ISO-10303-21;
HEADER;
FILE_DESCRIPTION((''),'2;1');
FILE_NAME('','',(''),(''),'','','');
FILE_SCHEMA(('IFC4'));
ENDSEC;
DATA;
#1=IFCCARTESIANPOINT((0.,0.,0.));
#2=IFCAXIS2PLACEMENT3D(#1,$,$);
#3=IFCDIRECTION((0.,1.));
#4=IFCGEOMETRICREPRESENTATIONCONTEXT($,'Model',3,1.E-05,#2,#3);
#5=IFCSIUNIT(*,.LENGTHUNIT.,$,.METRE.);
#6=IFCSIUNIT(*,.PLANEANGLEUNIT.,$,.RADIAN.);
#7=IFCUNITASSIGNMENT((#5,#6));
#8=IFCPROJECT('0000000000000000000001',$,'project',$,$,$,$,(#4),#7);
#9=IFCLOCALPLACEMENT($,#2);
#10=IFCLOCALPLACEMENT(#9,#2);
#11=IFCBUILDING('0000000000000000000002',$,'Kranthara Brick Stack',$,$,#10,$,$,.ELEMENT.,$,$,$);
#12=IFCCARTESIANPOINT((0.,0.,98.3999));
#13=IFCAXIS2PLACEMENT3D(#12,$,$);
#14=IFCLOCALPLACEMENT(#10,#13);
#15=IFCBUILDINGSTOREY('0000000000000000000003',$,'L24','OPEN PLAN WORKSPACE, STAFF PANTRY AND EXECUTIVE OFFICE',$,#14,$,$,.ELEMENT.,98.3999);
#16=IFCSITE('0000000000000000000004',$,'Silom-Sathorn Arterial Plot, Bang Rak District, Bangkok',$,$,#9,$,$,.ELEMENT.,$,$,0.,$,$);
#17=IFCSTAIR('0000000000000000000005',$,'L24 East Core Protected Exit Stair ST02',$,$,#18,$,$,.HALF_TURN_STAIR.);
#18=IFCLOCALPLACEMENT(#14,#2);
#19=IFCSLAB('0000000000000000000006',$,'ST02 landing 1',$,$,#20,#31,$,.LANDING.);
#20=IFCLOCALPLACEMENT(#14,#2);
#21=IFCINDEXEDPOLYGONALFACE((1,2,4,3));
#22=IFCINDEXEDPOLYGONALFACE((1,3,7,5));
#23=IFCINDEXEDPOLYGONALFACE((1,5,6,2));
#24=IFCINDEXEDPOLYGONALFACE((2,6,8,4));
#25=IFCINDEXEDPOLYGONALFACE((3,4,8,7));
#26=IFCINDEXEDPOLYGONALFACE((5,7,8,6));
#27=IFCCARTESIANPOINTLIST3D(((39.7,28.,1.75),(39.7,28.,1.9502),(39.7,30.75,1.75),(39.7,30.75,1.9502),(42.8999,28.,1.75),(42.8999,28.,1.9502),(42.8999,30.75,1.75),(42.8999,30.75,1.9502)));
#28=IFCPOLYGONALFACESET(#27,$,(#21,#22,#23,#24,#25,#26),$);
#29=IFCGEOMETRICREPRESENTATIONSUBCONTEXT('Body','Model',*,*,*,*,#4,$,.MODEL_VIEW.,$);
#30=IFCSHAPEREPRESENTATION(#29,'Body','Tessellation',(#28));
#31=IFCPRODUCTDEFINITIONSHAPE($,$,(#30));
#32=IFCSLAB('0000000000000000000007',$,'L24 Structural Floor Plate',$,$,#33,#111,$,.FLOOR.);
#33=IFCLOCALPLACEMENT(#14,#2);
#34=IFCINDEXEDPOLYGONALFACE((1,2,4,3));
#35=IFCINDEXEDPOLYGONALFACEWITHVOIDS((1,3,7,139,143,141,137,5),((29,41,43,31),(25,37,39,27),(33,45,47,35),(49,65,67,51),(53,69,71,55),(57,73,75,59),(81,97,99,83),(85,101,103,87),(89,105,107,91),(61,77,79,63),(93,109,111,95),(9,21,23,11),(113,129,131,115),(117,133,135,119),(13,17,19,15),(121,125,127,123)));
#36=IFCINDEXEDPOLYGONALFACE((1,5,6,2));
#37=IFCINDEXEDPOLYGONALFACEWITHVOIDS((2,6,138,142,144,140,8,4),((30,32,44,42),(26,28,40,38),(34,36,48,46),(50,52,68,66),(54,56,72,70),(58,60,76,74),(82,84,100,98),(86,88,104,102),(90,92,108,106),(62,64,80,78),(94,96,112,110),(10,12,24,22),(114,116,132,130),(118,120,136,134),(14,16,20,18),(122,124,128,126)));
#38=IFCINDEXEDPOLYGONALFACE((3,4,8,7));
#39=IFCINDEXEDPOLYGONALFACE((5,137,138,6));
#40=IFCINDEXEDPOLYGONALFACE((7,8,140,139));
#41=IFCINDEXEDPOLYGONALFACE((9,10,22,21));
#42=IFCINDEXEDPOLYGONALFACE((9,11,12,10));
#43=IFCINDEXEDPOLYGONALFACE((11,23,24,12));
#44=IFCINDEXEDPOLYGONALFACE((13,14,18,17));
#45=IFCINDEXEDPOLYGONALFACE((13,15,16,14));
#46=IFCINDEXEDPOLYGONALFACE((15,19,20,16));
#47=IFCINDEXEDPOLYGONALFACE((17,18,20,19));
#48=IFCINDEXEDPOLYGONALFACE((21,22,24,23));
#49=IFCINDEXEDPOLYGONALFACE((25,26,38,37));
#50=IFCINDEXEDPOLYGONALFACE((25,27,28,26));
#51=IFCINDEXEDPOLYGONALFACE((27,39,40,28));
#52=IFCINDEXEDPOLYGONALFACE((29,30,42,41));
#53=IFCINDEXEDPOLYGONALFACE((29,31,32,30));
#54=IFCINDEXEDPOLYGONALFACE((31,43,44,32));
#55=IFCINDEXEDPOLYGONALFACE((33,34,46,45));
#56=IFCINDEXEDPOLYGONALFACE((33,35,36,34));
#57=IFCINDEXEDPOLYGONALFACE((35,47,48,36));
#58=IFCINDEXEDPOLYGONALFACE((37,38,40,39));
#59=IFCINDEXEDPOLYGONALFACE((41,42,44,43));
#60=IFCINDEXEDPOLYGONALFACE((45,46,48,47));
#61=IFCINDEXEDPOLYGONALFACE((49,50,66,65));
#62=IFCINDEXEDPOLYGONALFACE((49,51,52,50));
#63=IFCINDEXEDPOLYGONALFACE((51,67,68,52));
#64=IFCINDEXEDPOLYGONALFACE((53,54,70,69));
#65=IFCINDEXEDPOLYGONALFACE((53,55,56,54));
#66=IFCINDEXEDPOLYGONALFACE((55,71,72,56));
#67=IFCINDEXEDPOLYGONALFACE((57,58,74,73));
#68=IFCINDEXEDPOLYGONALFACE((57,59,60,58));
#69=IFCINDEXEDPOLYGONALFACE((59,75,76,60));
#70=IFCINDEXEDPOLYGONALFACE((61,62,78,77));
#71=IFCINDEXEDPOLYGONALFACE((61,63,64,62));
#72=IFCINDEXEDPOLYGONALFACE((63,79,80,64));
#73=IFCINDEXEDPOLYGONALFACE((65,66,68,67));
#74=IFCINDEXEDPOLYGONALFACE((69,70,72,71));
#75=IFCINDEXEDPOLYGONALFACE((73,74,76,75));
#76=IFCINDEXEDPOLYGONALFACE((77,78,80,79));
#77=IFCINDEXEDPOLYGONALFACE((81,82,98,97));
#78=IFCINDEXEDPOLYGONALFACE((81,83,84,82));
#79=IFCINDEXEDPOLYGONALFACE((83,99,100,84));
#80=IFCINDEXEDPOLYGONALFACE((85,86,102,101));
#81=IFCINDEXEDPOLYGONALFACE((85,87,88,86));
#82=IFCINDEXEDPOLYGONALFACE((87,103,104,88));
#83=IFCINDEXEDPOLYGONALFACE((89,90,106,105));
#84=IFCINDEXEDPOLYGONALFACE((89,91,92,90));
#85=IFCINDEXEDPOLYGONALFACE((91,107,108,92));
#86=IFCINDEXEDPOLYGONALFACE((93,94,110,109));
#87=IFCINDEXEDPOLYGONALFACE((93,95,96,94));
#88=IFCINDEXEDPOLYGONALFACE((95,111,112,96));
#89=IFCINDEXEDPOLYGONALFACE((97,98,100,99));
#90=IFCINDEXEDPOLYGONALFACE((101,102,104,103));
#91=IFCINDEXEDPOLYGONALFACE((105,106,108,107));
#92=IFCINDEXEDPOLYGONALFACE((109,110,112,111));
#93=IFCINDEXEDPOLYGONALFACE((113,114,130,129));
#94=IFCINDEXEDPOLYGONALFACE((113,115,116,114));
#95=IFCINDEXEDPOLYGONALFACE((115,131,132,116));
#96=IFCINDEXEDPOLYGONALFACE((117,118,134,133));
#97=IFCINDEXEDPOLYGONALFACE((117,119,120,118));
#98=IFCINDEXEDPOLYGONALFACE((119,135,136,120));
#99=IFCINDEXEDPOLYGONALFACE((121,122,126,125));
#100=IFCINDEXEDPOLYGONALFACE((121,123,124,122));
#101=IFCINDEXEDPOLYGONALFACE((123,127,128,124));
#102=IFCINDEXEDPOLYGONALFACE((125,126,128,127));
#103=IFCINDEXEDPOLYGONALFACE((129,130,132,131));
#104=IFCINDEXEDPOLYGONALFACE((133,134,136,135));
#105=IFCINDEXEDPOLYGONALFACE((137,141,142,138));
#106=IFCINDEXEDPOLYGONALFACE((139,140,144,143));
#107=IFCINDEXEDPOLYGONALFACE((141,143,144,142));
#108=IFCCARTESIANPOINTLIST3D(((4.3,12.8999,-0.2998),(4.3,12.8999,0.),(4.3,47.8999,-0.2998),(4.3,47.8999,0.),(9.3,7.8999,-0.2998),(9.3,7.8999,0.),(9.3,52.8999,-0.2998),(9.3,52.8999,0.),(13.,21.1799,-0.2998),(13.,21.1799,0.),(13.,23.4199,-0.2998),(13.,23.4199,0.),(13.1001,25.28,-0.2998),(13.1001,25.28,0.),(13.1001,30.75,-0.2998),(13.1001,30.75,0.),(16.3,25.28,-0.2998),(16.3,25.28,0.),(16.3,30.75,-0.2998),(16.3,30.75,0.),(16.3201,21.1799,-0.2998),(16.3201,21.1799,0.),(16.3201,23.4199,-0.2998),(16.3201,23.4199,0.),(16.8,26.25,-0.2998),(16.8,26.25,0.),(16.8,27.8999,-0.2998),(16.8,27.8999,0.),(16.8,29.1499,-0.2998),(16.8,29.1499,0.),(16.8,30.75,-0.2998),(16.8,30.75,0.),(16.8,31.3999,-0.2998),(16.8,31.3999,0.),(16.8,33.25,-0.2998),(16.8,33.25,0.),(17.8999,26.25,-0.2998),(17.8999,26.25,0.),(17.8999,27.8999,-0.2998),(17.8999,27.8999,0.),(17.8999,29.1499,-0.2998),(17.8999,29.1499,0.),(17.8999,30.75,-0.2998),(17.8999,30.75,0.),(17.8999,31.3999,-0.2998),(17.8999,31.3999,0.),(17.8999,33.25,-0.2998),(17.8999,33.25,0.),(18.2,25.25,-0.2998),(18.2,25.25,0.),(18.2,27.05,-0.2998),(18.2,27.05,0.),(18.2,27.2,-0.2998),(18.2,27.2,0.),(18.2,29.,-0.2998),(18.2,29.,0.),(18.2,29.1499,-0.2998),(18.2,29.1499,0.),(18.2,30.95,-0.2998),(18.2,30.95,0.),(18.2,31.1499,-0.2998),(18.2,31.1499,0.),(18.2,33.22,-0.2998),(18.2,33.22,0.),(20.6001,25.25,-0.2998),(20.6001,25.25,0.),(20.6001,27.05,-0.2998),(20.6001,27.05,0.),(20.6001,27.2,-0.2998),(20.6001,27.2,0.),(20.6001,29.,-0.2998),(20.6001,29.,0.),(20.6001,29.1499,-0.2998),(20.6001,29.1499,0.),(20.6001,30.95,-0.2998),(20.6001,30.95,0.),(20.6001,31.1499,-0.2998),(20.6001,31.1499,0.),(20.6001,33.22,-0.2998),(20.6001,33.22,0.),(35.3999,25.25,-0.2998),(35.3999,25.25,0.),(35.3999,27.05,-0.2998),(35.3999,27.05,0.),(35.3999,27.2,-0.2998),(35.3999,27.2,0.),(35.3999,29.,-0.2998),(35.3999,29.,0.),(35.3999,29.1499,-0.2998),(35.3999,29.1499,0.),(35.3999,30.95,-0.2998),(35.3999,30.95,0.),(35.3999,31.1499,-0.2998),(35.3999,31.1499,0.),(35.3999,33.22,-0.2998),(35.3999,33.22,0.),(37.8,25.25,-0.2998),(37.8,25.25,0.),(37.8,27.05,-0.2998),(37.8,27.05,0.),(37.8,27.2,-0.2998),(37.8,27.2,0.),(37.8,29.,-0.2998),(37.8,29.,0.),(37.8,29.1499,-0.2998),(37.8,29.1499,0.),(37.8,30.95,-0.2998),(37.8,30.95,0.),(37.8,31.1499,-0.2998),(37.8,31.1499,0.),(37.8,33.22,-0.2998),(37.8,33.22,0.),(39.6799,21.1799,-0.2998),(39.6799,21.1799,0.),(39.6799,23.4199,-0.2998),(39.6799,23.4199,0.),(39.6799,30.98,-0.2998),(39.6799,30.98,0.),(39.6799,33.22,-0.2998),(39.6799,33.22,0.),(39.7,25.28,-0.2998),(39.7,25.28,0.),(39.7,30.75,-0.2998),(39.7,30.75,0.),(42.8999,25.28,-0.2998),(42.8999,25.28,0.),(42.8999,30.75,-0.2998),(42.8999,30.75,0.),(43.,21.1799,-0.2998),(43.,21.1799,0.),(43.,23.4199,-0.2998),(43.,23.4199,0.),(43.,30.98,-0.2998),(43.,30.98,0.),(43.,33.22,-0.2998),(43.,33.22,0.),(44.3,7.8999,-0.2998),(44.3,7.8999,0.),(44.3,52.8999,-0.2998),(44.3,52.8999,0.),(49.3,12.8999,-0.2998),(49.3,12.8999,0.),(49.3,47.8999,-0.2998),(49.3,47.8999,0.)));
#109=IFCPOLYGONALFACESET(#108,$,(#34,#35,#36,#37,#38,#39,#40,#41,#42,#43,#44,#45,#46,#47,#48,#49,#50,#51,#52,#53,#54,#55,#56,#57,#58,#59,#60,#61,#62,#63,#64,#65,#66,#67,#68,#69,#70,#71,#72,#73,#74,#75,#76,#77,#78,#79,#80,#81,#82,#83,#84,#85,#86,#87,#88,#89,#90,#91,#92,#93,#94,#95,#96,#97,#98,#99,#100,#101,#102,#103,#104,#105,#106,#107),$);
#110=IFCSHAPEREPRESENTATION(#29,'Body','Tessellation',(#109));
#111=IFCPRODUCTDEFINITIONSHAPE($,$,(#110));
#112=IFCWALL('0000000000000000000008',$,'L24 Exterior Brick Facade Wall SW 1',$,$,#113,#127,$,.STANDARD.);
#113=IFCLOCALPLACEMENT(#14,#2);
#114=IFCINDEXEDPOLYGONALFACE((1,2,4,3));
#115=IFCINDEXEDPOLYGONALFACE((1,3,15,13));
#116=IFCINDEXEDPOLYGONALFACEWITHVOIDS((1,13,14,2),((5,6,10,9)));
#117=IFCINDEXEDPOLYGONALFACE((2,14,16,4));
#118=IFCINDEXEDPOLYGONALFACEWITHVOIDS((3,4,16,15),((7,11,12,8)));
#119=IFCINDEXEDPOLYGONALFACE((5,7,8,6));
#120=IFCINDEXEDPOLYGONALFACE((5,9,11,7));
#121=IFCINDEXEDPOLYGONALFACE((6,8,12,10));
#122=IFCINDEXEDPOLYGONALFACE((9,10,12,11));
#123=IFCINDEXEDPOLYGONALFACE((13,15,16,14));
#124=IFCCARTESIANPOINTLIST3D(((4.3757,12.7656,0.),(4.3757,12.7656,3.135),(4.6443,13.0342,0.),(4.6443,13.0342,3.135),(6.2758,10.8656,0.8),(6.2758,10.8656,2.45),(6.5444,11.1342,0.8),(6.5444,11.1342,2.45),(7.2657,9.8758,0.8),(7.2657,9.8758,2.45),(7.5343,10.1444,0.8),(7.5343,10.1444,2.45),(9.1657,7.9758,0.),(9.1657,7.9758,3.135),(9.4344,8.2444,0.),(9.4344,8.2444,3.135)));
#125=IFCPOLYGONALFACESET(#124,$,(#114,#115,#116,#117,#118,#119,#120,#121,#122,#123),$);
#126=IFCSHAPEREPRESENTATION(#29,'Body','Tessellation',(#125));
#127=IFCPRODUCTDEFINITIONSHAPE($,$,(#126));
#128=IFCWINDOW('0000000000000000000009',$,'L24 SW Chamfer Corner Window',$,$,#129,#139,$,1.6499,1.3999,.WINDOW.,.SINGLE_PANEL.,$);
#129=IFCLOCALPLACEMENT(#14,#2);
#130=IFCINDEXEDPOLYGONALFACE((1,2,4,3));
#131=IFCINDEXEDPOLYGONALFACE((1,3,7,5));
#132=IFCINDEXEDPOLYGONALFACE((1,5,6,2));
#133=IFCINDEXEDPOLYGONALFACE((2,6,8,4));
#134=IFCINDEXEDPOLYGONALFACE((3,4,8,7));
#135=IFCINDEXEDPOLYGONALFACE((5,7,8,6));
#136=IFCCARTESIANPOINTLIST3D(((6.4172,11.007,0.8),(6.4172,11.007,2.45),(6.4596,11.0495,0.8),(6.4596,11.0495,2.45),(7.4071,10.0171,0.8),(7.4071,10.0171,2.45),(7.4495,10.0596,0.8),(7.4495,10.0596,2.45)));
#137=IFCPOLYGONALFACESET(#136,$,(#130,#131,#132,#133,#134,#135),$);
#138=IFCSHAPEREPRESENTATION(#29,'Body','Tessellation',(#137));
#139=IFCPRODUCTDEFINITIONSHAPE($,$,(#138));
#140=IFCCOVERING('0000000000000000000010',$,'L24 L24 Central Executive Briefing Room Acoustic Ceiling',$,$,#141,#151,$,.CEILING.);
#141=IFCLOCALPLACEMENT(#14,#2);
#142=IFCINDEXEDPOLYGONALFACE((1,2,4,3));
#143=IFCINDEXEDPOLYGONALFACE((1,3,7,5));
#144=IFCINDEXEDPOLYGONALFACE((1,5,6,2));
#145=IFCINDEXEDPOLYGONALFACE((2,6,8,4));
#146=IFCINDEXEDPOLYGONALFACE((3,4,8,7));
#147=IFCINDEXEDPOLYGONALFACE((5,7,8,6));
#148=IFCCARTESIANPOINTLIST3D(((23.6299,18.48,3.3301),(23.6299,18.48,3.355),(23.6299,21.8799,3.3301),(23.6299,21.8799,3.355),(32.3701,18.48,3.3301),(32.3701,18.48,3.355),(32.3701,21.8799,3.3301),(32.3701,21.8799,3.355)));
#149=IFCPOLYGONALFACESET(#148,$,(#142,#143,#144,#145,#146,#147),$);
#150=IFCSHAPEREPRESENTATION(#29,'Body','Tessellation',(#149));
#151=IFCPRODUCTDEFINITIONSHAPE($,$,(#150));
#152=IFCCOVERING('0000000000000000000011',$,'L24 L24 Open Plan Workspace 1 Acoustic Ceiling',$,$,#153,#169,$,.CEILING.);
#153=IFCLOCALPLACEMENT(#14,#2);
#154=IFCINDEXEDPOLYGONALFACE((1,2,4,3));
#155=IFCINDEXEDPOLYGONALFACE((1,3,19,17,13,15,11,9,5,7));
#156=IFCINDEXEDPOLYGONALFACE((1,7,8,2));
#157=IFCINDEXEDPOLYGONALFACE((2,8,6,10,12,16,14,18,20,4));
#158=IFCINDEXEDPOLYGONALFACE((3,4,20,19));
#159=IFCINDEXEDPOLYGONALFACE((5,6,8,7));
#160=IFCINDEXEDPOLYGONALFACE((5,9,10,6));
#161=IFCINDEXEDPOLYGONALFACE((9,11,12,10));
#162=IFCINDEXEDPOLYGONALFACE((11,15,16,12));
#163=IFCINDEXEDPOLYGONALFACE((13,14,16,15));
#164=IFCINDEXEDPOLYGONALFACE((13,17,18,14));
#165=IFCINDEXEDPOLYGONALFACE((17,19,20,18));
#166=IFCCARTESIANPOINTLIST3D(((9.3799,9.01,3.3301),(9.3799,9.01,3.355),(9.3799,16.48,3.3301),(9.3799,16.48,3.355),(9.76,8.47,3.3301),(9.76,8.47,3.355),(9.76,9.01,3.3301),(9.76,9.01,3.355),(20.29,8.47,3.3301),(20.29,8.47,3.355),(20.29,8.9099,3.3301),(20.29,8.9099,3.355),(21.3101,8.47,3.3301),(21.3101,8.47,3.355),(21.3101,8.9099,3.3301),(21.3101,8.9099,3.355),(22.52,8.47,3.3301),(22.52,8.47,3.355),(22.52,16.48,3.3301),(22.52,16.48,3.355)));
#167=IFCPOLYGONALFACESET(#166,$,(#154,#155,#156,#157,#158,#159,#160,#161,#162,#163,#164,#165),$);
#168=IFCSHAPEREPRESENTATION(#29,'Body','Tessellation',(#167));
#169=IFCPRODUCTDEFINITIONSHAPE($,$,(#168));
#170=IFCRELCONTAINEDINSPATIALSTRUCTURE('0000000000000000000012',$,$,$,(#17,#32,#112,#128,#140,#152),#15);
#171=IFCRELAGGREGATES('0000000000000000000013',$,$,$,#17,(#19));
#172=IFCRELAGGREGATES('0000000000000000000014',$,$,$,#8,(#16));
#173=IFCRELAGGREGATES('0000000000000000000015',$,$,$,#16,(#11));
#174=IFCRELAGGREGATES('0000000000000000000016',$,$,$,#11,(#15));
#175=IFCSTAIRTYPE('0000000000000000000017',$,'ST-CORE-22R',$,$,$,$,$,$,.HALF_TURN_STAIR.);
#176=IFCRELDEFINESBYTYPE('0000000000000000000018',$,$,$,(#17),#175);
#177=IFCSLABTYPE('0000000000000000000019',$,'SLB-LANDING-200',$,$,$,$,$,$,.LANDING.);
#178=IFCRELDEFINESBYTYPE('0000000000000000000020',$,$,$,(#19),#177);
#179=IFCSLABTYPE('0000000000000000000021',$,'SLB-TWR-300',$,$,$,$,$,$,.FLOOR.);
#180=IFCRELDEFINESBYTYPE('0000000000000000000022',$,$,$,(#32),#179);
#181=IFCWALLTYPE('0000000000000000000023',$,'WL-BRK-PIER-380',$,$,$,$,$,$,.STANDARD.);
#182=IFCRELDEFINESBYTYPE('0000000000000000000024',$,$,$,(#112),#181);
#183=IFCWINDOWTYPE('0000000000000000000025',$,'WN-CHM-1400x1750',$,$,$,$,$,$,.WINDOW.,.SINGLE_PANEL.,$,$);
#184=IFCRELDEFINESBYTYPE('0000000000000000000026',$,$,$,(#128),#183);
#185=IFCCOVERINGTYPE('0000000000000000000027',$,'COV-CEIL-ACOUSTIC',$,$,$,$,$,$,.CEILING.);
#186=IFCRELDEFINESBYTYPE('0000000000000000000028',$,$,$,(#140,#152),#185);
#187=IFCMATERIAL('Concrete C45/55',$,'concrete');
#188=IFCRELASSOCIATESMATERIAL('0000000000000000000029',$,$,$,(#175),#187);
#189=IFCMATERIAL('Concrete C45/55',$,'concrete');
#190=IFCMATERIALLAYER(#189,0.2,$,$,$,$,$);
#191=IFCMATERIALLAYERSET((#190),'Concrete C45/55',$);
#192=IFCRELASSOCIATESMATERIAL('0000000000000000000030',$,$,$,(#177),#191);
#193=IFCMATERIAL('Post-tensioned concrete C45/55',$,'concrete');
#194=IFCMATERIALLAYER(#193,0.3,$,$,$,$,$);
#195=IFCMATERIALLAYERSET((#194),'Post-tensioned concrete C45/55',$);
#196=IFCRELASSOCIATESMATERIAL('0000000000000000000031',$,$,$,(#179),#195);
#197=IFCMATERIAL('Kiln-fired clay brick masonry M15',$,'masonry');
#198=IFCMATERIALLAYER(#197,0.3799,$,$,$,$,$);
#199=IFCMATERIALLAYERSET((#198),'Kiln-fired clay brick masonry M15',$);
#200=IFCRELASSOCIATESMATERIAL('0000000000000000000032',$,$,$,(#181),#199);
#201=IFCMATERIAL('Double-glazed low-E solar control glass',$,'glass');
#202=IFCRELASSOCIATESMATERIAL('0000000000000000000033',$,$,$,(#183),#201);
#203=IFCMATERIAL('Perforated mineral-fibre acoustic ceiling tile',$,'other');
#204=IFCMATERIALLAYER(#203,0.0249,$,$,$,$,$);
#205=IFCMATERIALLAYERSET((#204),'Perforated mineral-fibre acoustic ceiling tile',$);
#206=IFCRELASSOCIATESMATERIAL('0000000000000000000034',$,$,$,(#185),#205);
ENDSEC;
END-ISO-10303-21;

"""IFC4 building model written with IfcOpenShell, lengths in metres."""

from ifc_helpers import new_model, si_unit, direction, frame, frame_2d, origin, place, context, subcontext, project, spatial, polyline, rectangle, outline, extrude, material, layer, layer_set, type_object, element, fill, aggregate, save


model = new_model("IFC4")

# Units and contexts
model_context = context("Model", 3, precision=1e-05, world=origin(), true_north=direction((0.0, 1.0)))
body_context = subcontext(model_context, "Body", "Model", "MODEL_VIEW")
ifc_project = project(units=[si_unit("LENGTHUNIT", "METRE"), si_unit("PLANEANGLEUNIT", "RADIAN")], contexts=[model_context])

# Site, building, storey
site_placement = place(None, origin())
site = spatial("IfcSite", under=ifc_project, at=site_placement, Name="Silom-Sathorn Arterial Plot, Bang Rak District, Bangkok", CompositionType="ELEMENT", RefElevation=0.0)
building_placement = place(site_placement, origin())
building = spatial("IfcBuilding", under=site, at=building_placement, Name="Kranthara Brick Stack", CompositionType="ELEMENT")
storey_placement = place(building_placement, frame((0.0, 0.0, 98.3999)))
storey = spatial("IfcBuildingStorey", under=building, at=storey_placement, Name="L24", Description="OPEN PLAN WORKSPACE, STAFF PANTRY AND EXECUTIVE OFFICE", CompositionType="ELEMENT", Elevation=98.3999)

# Stair, slab
ifc_material_1 = material(Name="Concrete C45/55", Category="concrete")
stair_type = type_object("IfcStairType", Name="ST-CORE-22R", PredefinedType="HALF_TURN_STAIR", material=ifc_material_1)
ifc_material_2 = material(Name="Concrete C45/55", Category="concrete")
ifc_layer_1 = layer(ifc_material_2, 0.2)
ifc_layer_set_1 = layer_set([ifc_layer_1], Name="Concrete C45/55")
slab_type_1 = type_object("IfcSlabType", Name="SLB-LANDING-200", PredefinedType="LANDING", material=ifc_layer_set_1)
stair_1_placement = place(storey_placement, origin())
stair_1 = element("IfcStair", 1, at=stair_1_placement, inside=storey, type_object=stair_type, Name="L24 East Core Protected Exit Stair ST02", PredefinedType="HALF_TURN_STAIR")
slab_1_placement = place(storey_placement, frame((0.0, 0.0, 1.75)))
slab_1 = element("IfcSlab", 2, at=slab_1_placement, type_object=slab_type_1, Name="ST02 landing 1", PredefinedType="LANDING", context=body_context, shape_type="SweptSolid", body=[
    extrude(outline(polyline([(42.8999, 28.0), (42.8999, 30.75), (39.7, 30.75), (39.7, 28.0), (42.8999, 28.0)])), origin(), (0.0, 0.0, 1.0), 0.2002),
])
aggregate(stair_1, [slab_1])

# Slab
ifc_material_3 = material(Name="Post-tensioned concrete C45/55", Category="concrete")
ifc_layer_2 = layer(ifc_material_3, 0.3)
ifc_layer_set_2 = layer_set([ifc_layer_2], Name="Post-tensioned concrete C45/55")
slab_type_2 = type_object("IfcSlabType", Name="SLB-TWR-300", PredefinedType="FLOOR", material=ifc_layer_set_2)
slab_2_placement = place(storey_placement, frame((0.0, 0.0, -0.2998)))
element("IfcSlab", 3, at=slab_2_placement, inside=storey, type_object=slab_type_2, Name="L24 Structural Floor Plate", PredefinedType="FLOOR", context=body_context, shape_type="SweptSolid", body=[
    extrude(outline(polyline([(9.3, 7.8999), (44.3, 7.8999), (49.3, 12.8999), (49.3, 47.8999), (44.3, 52.8999), (9.3, 52.8999), (4.3, 47.8999), (4.3, 12.8999), (9.3, 7.8999)]), holes=[polyline([(13.1001, 25.28), (16.3, 25.28), (16.3, 30.75), (13.1001, 30.75), (13.1001, 25.28)]), polyline([(39.7, 25.28), (42.8999, 25.28), (42.8999, 30.75), (39.7, 30.75), (39.7, 25.28)]), polyline([(13.0, 21.1799), (16.3201, 21.1799), (16.3201, 23.4199), (13.0, 23.4199), (13.0, 21.1799)]), polyline([(39.6799, 21.1799), (43.0, 21.1799), (43.0, 23.4199), (39.6799, 23.4199), (39.6799, 21.1799)]), polyline([(39.6799, 30.98), (43.0, 30.98), (43.0, 33.22), (39.6799, 33.22), (39.6799, 30.98)]), polyline([(18.2, 25.25), (20.6001, 25.25), (20.6001, 27.05), (18.2, 27.05), (18.2, 25.25)]), polyline([(18.2, 27.2), (20.6001, 27.2), (20.6001, 29.0), (18.2, 29.0), (18.2, 27.2)]), polyline([(18.2, 29.1499), (20.6001, 29.1499), (20.6001, 30.95), (18.2, 30.95), (18.2, 29.1499)]), polyline([(35.3999, 25.25), (37.8, 25.25), (37.8, 27.05), (35.3999, 27.05), (35.3999, 25.25)]), polyline([(35.3999, 27.2), (37.8, 27.2), (37.8, 29.0), (35.3999, 29.0), (35.3999, 27.2)]), polyline([(35.3999, 29.1499), (37.8, 29.1499), (37.8, 30.95), (35.3999, 30.95), (35.3999, 29.1499)]), polyline([(18.2, 31.1499), (20.6001, 31.1499), (20.6001, 33.22), (18.2, 33.22), (18.2, 31.1499)]), polyline([(35.3999, 31.1499), (37.8, 31.1499), (37.8, 33.22), (35.3999, 33.22), (35.3999, 31.1499)]), polyline([(16.8, 26.25), (17.8999, 26.25), (17.8999, 27.8999), (16.8, 27.8999), (16.8, 26.25)]), polyline([(16.8, 29.1499), (17.8999, 29.1499), (17.8999, 30.75), (16.8, 30.75), (16.8, 29.1499)]), polyline([(16.8, 31.3999), (17.8999, 31.3999), (17.8999, 33.25), (16.8, 33.25), (16.8, 31.3999)])]), origin(), (0.0, 0.0, 1.0), 0.2998),
])

# Wall, opening, window
ifc_material_4 = material(Name="Kiln-fired clay brick masonry M15", Category="masonry")
ifc_layer_3 = layer(ifc_material_4, 0.3799)
ifc_layer_set_3 = layer_set([ifc_layer_3], Name="Kiln-fired clay brick masonry M15")
wall_type = type_object("IfcWallType", Name="WL-BRK-PIER-380", PredefinedType="STANDARD", material=ifc_layer_set_3)
wall_placement = place(storey_placement, frame((9.3, 8.1101, 0.0), z_axis=(0.0, 0.0, 1.0), x_axis=(-0.707125, 0.707089, 0.0)))
wall = element("IfcWall", 4, at=wall_placement, inside=storey, type_object=wall_type, Name="L24 Exterior Brick Facade Wall SW 1", PredefinedType="STANDARD", context=body_context, shape_type="SweptSolid", body=[
    extrude(rectangle(XDim=6.7739, YDim=0.3799, at=frame_2d((3.387, 0.0))), origin(), (0.0, 0.0, 1.0), 3.135),
])
opening_placement = place(wall_placement, frame((2.687, 0.0, 0.8)))
opening = element("IfcOpeningElement", 5, at=opening_placement, cuts=wall, PredefinedType="OPENING", context=body_context, shape_type="SweptSolid", body=[
    extrude(rectangle(XDim=1.3999, YDim=1.6499, at=frame_2d((0.7, 0.825))), frame((0.0, 0.2, 0.0), z_axis=(0.0, -1.0, 0.0), x_axis=(1.0, 0.0, 0.0)), (0.0, 0.0, 1.0), 0.3999),
])
ifc_material_5 = material(Name="Double-glazed low-E solar control glass", Category="glass")
window_type = type_object("IfcWindowType", Name="WN-CHM-1400x1750", PartitioningType="SINGLE_PANEL", PredefinedType="WINDOW", material=ifc_material_5)
window_placement = place(opening_placement, origin())
window = element("IfcWindow", 6, at=window_placement, inside=storey, type_object=window_type, Name="L24 SW Chamfer Corner Window", OverallHeight=1.6499, OverallWidth=1.3999, PartitioningType="SINGLE_PANEL", PredefinedType="WINDOW", context=body_context, shape_type="SweptSolid", body=[
    extrude(rectangle(XDim=1.3999, YDim=1.6499, at=frame_2d((0.7, 0.825))), frame((0.0, -0.01, 0.0), z_axis=(0.0, -1.0, 0.0), x_axis=(1.0, 0.0, 0.0)), (0.0, 0.0, 1.0), 0.0601),
])
fill(opening, window)

# Coverings
ifc_material_6 = material(Name="Perforated mineral-fibre acoustic ceiling tile", Category="other")
ifc_layer_4 = layer(ifc_material_6, 0.0249)
ifc_layer_set_4 = layer_set([ifc_layer_4], Name="Perforated mineral-fibre acoustic ceiling tile")
covering_type_1 = type_object("IfcCoveringType", Name="COV-CEIL-ACOUSTIC", PredefinedType="CEILING", material=ifc_layer_set_4)
covering_1_placement = place(storey_placement, frame((0.0, 0.0, 3.3301)))
element("IfcCovering", 7, at=covering_1_placement, inside=storey, type_object=covering_type_1, Name="L24 L24 Central Executive Briefing Room Acoustic Ceiling", PredefinedType="CEILING", context=body_context, shape_type="SweptSolid", body=[
    extrude(outline(polyline([(32.3701, 18.48), (32.3701, 21.8799), (23.6299, 21.8799), (23.6299, 18.48), (32.3701, 18.48)])), origin(), (0.0, 0.0, 1.0), 0.0249),
])
covering_2_placement = place(storey_placement, frame((0.0, 0.0, 3.3301)))
element("IfcCovering", 8, at=covering_2_placement, inside=storey, type_object=covering_type_1, Name="L24 L24 Open Plan Workspace 1 Acoustic Ceiling", PredefinedType="CEILING", context=body_context, shape_type="SweptSolid", body=[
    extrude(outline(polyline([(22.52, 16.48), (22.52, 8.47), (21.3101, 8.47), (21.3101, 8.9099), (20.29, 8.9099), (20.29, 8.47), (9.76, 8.47), (9.76, 9.01), (9.3799, 9.01), (9.3799, 16.48), (22.52, 16.48)])), origin(), (0.0, 0.0, 1.0), 0.0249),
])

save(model, "model.ifc")
